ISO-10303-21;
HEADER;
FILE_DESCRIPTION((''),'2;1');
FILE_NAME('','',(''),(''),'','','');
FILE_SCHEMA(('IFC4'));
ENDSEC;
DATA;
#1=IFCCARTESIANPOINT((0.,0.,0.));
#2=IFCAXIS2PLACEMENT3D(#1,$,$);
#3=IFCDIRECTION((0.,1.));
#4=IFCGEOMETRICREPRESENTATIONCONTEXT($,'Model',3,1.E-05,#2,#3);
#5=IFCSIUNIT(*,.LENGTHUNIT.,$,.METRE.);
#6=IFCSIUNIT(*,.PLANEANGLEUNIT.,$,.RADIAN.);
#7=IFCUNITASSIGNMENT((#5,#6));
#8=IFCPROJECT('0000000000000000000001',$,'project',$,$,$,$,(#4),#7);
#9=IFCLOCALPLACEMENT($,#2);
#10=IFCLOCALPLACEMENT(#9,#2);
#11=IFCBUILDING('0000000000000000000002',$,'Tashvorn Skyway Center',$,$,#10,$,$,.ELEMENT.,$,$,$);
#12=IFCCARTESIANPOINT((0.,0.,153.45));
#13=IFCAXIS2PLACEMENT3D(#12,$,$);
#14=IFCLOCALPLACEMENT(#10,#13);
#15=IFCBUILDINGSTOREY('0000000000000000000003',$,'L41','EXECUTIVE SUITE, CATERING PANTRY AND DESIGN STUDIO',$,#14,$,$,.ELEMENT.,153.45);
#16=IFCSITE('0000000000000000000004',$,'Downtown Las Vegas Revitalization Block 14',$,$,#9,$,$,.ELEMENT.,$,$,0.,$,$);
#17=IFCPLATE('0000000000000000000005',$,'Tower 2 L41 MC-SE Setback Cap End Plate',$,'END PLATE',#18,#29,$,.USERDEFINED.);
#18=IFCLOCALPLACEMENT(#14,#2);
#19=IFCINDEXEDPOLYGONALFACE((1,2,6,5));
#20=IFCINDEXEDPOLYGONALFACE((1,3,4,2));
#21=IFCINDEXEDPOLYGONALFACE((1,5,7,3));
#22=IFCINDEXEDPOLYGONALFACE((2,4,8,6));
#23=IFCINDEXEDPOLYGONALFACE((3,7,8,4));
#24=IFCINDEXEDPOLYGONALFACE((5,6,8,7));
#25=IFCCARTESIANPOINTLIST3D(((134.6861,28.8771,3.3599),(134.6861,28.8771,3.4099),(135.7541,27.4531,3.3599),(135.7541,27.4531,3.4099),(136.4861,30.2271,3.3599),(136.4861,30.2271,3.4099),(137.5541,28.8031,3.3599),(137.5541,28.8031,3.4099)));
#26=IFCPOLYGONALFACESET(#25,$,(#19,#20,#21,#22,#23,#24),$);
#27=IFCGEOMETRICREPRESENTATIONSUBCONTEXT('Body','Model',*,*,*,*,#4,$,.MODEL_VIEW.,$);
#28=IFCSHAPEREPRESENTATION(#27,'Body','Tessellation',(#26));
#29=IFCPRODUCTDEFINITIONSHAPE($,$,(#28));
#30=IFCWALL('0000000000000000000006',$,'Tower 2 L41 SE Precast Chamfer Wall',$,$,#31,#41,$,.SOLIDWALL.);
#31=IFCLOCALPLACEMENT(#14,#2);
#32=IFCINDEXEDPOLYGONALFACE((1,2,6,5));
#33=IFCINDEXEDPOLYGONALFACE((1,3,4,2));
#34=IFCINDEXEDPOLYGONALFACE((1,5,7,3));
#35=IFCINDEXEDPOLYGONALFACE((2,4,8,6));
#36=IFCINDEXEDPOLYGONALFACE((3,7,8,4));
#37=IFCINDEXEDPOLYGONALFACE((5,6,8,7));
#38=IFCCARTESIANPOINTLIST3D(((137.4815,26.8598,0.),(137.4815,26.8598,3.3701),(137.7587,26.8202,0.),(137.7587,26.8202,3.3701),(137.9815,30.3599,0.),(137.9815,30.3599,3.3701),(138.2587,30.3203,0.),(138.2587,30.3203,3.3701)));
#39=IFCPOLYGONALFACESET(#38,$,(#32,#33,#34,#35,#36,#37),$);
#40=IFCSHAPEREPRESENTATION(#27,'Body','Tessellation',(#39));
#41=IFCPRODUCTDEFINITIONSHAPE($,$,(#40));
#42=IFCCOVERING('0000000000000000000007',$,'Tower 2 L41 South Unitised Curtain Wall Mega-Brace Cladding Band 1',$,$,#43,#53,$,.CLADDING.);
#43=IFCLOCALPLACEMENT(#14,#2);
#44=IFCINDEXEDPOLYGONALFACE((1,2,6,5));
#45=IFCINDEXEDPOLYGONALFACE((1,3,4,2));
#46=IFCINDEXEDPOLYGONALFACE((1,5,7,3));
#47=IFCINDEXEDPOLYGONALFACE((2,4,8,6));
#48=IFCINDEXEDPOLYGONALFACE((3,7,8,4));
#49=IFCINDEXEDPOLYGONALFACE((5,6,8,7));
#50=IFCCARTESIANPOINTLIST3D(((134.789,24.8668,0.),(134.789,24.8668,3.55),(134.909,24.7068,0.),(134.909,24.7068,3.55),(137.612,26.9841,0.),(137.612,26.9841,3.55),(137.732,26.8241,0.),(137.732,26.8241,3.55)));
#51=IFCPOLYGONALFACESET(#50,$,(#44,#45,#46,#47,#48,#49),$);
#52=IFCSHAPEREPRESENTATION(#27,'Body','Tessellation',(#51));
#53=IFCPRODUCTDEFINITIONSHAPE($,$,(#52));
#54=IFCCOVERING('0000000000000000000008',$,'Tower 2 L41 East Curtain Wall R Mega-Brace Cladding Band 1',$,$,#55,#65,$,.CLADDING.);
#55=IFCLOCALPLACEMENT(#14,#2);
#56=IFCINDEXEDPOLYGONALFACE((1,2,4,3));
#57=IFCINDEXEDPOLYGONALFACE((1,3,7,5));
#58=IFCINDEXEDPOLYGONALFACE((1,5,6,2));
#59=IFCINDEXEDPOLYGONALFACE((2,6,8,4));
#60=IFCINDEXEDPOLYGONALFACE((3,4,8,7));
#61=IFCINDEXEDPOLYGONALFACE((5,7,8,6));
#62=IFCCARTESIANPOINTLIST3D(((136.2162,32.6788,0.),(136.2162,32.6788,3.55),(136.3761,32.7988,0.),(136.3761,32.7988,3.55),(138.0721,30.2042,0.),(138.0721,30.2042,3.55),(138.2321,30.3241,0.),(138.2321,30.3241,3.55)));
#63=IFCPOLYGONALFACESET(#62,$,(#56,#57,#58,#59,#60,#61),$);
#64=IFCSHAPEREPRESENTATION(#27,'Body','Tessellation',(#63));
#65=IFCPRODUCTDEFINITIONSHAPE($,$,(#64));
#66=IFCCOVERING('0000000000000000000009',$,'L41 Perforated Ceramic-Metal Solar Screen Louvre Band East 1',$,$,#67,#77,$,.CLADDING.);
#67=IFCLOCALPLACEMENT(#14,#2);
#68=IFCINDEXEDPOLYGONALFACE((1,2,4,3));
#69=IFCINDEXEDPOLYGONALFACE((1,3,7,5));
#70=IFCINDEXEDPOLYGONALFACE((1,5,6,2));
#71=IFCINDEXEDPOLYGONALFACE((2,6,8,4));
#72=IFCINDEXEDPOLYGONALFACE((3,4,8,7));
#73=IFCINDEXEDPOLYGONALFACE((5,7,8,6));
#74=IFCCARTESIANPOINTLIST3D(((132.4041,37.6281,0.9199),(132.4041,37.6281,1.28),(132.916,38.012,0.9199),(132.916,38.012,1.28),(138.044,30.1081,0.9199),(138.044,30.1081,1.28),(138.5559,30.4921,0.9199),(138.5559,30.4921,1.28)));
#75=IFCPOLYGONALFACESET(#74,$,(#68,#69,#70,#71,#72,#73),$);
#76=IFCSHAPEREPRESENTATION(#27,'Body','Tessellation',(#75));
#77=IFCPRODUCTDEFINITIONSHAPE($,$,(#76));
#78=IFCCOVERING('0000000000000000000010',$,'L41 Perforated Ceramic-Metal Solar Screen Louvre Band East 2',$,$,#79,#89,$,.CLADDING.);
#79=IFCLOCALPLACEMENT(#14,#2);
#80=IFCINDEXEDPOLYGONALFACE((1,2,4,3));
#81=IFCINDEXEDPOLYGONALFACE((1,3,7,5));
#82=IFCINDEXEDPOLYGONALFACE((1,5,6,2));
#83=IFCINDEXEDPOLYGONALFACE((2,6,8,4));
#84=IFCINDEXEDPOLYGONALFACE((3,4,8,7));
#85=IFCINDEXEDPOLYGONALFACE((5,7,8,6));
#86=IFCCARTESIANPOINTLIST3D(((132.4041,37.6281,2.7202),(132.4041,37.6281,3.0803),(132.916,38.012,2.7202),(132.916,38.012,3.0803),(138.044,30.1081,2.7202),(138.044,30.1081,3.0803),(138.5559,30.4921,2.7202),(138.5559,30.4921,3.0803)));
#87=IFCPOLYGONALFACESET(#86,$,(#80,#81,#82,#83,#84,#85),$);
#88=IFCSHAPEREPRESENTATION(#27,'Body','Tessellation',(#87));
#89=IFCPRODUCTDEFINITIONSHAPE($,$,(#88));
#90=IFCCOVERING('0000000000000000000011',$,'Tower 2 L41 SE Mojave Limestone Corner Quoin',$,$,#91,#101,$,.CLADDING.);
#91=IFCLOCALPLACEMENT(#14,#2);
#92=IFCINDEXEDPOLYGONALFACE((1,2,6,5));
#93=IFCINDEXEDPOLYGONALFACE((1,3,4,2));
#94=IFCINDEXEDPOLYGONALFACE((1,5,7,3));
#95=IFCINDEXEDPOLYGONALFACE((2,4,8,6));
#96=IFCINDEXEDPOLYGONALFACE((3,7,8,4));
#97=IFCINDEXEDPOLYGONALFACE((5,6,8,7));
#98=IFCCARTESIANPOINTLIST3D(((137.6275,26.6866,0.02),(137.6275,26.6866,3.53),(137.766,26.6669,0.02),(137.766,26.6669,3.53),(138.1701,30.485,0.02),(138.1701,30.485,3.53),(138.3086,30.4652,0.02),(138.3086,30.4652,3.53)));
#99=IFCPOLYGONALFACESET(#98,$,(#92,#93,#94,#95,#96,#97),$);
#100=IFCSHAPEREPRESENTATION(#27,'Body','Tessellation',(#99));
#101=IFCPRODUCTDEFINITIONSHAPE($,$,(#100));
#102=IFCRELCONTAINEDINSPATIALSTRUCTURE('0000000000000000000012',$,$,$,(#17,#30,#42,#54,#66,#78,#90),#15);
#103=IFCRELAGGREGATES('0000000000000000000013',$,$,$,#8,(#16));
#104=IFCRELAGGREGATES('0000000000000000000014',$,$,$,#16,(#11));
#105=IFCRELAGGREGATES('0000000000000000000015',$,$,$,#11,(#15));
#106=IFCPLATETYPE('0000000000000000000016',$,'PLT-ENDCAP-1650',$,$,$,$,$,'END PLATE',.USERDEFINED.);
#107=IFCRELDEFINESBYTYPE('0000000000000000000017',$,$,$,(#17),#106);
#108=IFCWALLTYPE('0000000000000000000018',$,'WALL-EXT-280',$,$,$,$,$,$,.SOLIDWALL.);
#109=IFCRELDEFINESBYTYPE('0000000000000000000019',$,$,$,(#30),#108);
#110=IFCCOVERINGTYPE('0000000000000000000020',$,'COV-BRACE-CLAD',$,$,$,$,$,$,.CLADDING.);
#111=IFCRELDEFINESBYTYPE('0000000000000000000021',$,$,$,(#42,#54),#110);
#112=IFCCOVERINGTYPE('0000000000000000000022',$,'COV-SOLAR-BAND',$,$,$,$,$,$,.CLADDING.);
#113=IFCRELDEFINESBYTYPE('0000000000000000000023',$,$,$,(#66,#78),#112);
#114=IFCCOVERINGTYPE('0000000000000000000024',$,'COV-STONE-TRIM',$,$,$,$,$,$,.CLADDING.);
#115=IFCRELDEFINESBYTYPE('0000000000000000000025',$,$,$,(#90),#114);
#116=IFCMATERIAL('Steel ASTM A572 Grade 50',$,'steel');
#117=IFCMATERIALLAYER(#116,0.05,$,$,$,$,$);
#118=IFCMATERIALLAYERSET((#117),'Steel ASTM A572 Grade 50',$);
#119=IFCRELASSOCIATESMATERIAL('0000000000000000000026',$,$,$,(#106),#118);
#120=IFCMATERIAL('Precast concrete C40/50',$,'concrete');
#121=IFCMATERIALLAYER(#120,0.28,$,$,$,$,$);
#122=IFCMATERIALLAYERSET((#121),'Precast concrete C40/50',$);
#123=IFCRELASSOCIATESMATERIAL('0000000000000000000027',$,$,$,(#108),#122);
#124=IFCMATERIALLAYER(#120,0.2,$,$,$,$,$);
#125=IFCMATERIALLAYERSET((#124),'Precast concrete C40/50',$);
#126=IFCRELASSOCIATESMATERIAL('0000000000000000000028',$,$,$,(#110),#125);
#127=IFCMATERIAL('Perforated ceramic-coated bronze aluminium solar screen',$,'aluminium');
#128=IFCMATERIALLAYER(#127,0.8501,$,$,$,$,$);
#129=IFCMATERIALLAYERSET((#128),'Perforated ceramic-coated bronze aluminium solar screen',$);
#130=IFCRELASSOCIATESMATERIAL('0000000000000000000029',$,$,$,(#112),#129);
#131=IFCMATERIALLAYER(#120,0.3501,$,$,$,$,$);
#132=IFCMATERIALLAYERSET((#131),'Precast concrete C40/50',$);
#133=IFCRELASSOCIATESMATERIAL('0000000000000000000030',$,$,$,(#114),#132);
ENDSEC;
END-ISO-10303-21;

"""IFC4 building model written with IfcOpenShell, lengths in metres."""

from ifc_helpers import new_model, si_unit, direction, frame, frame_2d, origin, origin_2d, place, context, subcontext, project, spatial, rectangle, extrude, material, layer, layer_set, type_object, element, save


model = new_model("IFC4")

# Units and contexts
model_context = context("Model", 3, precision=1e-05, world=origin(), true_north=direction((0.0, 1.0)))
body_context = subcontext(model_context, "Body", "Model", "MODEL_VIEW")
ifc_project = project(units=[si_unit("LENGTHUNIT", "METRE"), si_unit("PLANEANGLEUNIT", "RADIAN")], contexts=[model_context])

# Site, building, storey
site_placement = place(None, origin())
site = spatial("IfcSite", under=ifc_project, at=site_placement, Name="Downtown Las Vegas Revitalization Block 14", CompositionType="ELEMENT", RefElevation=0.0)
building_placement = place(site_placement, origin())
building = spatial("IfcBuilding", under=site, at=building_placement, Name="Tashvorn Skyway Center", CompositionType="ELEMENT")
storey_placement = place(building_placement, frame((0.0, 0.0, 153.45)))
storey = spatial("IfcBuildingStorey", under=building, at=storey_placement, Name="L41", Description="EXECUTIVE SUITE, CATERING PANTRY AND DESIGN STUDIO", CompositionType="ELEMENT", Elevation=153.45)

# Shared definitions
ifc_material_1 = material(Name="Steel ASTM A572 Grade 50", Category="steel")

# Plate
ifc_layer_1 = layer(ifc_material_1, 0.05)
ifc_layer_set_1 = layer_set([ifc_layer_1], Name="Steel ASTM A572 Grade 50")
plate_type_1 = type_object("IfcPlateType", Name="PLT-ENDCAP-1650", ElementType="END PLATE", PredefinedType="USERDEFINED", material=ifc_layer_set_1)
plate_1_placement = place(storey_placement, frame((136.1201, 28.8401, 3.3599), z_axis=(0.0, 0.0, 1.0), x_axis=(0.8, 0.6, 0.0)))
element("IfcPlate", 1, at=plate_1_placement, inside=storey, type_object=plate_type_1, Name="Tower 2 L41 MC-SE Setback Cap End Plate", ObjectType="END PLATE", PredefinedType="USERDEFINED", context=body_context, shape_type="SweptSolid", body=[
    extrude(rectangle(XDim=2.25, YDim=1.78, at=origin_2d()), origin(), (0.0, 0.0, 1.0), 0.05),
])

# Wall
ifc_material_2 = material(Name="Precast concrete C40/50", Category="concrete")
ifc_layer_2 = layer(ifc_material_2, 0.28)
ifc_layer_set_2 = layer_set([ifc_layer_2], Name="Precast concrete C40/50")
wall_type = type_object("IfcWallType", Name="WALL-EXT-280", PredefinedType="SOLIDWALL", material=ifc_layer_set_2)
wall_placement = place(storey_placement, frame((138.1201, 30.3401, 0.0), z_axis=(0.0, 0.0, 1.0), x_axis=(-0.141421, -0.989949, 0.0)))
element("IfcWall", 2, at=wall_placement, inside=storey, type_object=wall_type, Name="Tower 2 L41 SE Precast Chamfer Wall", PredefinedType="SOLIDWALL", context=body_context, shape_type="SweptSolid", body=[
    extrude(rectangle(XDim=3.5356, YDim=0.28, at=frame_2d((1.7678, 0.0))), origin(), (0.0, 0.0, 1.0), 3.3701),
])

# Coverings
ifc_layer_3 = layer(ifc_material_2, 0.2)
ifc_layer_set_3 = layer_set([ifc_layer_3], Name="Precast concrete C40/50")
covering_type_1 = type_object("IfcCoveringType", Name="COV-BRACE-CLAD", PredefinedType="CLADDING", material=ifc_layer_set_3)
covering_1_placement = place(storey_placement, frame((136.2605, 25.8455, 0.0), z_axis=(0.0, 0.0, 1.0), x_axis=(-0.8, -0.6, 0.0)))
element("IfcCovering", 3, at=covering_1_placement, inside=storey, type_object=covering_type_1, Name="Tower 2 L41 South Unitised Curtain Wall Mega-Brace Cladding Band 1", PredefinedType="CLADDING", context=body_context, shape_type="SweptSolid", body=[
    extrude(rectangle(XDim=3.5288, YDim=0.2, at=origin_2d()), origin(), (0.0, 0.0, 1.0), 3.55),
])
covering_2_placement = place(storey_placement, frame((137.2241, 31.5015, 0.0), z_axis=(0.0, 0.0, 1.0), x_axis=(0.6, -0.8, 0.0)))
element("IfcCovering", 4, at=covering_2_placement, inside=storey, type_object=covering_type_1, Name="Tower 2 L41 East Curtain Wall R Mega-Brace Cladding Band 1", PredefinedType="CLADDING", context=body_context, shape_type="SweptSolid", body=[
    extrude(rectangle(XDim=3.0933, YDim=0.2, at=origin_2d()), origin(), (0.0, 0.0, 1.0), 3.55),
])
ifc_material_3 = material(Name="Perforated ceramic-coated bronze aluminium solar screen", Category="aluminium")
ifc_layer_4 = layer(ifc_material_3, 0.8501)
ifc_layer_set_4 = layer_set([ifc_layer_4], Name="Perforated ceramic-coated bronze aluminium solar screen")
covering_type_2 = type_object("IfcCoveringType", Name="COV-SOLAR-BAND", PredefinedType="CLADDING", material=ifc_layer_set_4)
for number, where, z_axis, x_axis, name in (
    (5, (135.48, 34.0601, 0.9199), (0.0, 0.0, 1.0), (0.6, -0.8, 0.0), "L41 Perforated Ceramic-Metal Solar Screen Louvre Band East 1"),
    (6, (135.48, 34.0601, 2.7202), (0.0, 0.0, 1.0), (0.6, -0.8, 0.0), "L41 Perforated Ceramic-Metal Solar Screen Louvre Band East 2"),
):
    element("IfcCovering", number, at=place(storey_placement, frame(where, z_axis=z_axis, x_axis=x_axis)), inside=storey, type_object=covering_type_2, Name=name, PredefinedType="CLADDING", context=body_context, shape_type="SweptSolid", body=[
        extrude(rectangle(XDim=9.3999, YDim=0.6399, at=origin_2d()), origin(), (0.0, 0.0, 1.0), 0.3601),
    ])
ifc_layer_5 = layer(ifc_material_2, 0.3501)
ifc_layer_set_5 = layer_set([ifc_layer_5], Name="Precast concrete C40/50")
covering_type_3 = type_object("IfcCoveringType", Name="COV-STONE-TRIM", PredefinedType="CLADDING", material=ifc_layer_set_5)
covering_3_placement = place(storey_placement, frame((137.968, 28.5759, 0.02), z_axis=(0.0, 0.0, 1.0), x_axis=(0.141421, 0.989949, 0.0)))
element("IfcCovering", 7, at=covering_3_placement, inside=storey, type_object=covering_type_3, Name="Tower 2 L41 SE Mojave Limestone Corner Quoin", PredefinedType="CLADDING", context=body_context, shape_type="SweptSolid", body=[
    extrude(rectangle(XDim=3.8369, YDim=0.1399, at=origin_2d()), origin(), (0.0, 0.0, 1.0), 3.51),
])

save(model, "model.ifc")
